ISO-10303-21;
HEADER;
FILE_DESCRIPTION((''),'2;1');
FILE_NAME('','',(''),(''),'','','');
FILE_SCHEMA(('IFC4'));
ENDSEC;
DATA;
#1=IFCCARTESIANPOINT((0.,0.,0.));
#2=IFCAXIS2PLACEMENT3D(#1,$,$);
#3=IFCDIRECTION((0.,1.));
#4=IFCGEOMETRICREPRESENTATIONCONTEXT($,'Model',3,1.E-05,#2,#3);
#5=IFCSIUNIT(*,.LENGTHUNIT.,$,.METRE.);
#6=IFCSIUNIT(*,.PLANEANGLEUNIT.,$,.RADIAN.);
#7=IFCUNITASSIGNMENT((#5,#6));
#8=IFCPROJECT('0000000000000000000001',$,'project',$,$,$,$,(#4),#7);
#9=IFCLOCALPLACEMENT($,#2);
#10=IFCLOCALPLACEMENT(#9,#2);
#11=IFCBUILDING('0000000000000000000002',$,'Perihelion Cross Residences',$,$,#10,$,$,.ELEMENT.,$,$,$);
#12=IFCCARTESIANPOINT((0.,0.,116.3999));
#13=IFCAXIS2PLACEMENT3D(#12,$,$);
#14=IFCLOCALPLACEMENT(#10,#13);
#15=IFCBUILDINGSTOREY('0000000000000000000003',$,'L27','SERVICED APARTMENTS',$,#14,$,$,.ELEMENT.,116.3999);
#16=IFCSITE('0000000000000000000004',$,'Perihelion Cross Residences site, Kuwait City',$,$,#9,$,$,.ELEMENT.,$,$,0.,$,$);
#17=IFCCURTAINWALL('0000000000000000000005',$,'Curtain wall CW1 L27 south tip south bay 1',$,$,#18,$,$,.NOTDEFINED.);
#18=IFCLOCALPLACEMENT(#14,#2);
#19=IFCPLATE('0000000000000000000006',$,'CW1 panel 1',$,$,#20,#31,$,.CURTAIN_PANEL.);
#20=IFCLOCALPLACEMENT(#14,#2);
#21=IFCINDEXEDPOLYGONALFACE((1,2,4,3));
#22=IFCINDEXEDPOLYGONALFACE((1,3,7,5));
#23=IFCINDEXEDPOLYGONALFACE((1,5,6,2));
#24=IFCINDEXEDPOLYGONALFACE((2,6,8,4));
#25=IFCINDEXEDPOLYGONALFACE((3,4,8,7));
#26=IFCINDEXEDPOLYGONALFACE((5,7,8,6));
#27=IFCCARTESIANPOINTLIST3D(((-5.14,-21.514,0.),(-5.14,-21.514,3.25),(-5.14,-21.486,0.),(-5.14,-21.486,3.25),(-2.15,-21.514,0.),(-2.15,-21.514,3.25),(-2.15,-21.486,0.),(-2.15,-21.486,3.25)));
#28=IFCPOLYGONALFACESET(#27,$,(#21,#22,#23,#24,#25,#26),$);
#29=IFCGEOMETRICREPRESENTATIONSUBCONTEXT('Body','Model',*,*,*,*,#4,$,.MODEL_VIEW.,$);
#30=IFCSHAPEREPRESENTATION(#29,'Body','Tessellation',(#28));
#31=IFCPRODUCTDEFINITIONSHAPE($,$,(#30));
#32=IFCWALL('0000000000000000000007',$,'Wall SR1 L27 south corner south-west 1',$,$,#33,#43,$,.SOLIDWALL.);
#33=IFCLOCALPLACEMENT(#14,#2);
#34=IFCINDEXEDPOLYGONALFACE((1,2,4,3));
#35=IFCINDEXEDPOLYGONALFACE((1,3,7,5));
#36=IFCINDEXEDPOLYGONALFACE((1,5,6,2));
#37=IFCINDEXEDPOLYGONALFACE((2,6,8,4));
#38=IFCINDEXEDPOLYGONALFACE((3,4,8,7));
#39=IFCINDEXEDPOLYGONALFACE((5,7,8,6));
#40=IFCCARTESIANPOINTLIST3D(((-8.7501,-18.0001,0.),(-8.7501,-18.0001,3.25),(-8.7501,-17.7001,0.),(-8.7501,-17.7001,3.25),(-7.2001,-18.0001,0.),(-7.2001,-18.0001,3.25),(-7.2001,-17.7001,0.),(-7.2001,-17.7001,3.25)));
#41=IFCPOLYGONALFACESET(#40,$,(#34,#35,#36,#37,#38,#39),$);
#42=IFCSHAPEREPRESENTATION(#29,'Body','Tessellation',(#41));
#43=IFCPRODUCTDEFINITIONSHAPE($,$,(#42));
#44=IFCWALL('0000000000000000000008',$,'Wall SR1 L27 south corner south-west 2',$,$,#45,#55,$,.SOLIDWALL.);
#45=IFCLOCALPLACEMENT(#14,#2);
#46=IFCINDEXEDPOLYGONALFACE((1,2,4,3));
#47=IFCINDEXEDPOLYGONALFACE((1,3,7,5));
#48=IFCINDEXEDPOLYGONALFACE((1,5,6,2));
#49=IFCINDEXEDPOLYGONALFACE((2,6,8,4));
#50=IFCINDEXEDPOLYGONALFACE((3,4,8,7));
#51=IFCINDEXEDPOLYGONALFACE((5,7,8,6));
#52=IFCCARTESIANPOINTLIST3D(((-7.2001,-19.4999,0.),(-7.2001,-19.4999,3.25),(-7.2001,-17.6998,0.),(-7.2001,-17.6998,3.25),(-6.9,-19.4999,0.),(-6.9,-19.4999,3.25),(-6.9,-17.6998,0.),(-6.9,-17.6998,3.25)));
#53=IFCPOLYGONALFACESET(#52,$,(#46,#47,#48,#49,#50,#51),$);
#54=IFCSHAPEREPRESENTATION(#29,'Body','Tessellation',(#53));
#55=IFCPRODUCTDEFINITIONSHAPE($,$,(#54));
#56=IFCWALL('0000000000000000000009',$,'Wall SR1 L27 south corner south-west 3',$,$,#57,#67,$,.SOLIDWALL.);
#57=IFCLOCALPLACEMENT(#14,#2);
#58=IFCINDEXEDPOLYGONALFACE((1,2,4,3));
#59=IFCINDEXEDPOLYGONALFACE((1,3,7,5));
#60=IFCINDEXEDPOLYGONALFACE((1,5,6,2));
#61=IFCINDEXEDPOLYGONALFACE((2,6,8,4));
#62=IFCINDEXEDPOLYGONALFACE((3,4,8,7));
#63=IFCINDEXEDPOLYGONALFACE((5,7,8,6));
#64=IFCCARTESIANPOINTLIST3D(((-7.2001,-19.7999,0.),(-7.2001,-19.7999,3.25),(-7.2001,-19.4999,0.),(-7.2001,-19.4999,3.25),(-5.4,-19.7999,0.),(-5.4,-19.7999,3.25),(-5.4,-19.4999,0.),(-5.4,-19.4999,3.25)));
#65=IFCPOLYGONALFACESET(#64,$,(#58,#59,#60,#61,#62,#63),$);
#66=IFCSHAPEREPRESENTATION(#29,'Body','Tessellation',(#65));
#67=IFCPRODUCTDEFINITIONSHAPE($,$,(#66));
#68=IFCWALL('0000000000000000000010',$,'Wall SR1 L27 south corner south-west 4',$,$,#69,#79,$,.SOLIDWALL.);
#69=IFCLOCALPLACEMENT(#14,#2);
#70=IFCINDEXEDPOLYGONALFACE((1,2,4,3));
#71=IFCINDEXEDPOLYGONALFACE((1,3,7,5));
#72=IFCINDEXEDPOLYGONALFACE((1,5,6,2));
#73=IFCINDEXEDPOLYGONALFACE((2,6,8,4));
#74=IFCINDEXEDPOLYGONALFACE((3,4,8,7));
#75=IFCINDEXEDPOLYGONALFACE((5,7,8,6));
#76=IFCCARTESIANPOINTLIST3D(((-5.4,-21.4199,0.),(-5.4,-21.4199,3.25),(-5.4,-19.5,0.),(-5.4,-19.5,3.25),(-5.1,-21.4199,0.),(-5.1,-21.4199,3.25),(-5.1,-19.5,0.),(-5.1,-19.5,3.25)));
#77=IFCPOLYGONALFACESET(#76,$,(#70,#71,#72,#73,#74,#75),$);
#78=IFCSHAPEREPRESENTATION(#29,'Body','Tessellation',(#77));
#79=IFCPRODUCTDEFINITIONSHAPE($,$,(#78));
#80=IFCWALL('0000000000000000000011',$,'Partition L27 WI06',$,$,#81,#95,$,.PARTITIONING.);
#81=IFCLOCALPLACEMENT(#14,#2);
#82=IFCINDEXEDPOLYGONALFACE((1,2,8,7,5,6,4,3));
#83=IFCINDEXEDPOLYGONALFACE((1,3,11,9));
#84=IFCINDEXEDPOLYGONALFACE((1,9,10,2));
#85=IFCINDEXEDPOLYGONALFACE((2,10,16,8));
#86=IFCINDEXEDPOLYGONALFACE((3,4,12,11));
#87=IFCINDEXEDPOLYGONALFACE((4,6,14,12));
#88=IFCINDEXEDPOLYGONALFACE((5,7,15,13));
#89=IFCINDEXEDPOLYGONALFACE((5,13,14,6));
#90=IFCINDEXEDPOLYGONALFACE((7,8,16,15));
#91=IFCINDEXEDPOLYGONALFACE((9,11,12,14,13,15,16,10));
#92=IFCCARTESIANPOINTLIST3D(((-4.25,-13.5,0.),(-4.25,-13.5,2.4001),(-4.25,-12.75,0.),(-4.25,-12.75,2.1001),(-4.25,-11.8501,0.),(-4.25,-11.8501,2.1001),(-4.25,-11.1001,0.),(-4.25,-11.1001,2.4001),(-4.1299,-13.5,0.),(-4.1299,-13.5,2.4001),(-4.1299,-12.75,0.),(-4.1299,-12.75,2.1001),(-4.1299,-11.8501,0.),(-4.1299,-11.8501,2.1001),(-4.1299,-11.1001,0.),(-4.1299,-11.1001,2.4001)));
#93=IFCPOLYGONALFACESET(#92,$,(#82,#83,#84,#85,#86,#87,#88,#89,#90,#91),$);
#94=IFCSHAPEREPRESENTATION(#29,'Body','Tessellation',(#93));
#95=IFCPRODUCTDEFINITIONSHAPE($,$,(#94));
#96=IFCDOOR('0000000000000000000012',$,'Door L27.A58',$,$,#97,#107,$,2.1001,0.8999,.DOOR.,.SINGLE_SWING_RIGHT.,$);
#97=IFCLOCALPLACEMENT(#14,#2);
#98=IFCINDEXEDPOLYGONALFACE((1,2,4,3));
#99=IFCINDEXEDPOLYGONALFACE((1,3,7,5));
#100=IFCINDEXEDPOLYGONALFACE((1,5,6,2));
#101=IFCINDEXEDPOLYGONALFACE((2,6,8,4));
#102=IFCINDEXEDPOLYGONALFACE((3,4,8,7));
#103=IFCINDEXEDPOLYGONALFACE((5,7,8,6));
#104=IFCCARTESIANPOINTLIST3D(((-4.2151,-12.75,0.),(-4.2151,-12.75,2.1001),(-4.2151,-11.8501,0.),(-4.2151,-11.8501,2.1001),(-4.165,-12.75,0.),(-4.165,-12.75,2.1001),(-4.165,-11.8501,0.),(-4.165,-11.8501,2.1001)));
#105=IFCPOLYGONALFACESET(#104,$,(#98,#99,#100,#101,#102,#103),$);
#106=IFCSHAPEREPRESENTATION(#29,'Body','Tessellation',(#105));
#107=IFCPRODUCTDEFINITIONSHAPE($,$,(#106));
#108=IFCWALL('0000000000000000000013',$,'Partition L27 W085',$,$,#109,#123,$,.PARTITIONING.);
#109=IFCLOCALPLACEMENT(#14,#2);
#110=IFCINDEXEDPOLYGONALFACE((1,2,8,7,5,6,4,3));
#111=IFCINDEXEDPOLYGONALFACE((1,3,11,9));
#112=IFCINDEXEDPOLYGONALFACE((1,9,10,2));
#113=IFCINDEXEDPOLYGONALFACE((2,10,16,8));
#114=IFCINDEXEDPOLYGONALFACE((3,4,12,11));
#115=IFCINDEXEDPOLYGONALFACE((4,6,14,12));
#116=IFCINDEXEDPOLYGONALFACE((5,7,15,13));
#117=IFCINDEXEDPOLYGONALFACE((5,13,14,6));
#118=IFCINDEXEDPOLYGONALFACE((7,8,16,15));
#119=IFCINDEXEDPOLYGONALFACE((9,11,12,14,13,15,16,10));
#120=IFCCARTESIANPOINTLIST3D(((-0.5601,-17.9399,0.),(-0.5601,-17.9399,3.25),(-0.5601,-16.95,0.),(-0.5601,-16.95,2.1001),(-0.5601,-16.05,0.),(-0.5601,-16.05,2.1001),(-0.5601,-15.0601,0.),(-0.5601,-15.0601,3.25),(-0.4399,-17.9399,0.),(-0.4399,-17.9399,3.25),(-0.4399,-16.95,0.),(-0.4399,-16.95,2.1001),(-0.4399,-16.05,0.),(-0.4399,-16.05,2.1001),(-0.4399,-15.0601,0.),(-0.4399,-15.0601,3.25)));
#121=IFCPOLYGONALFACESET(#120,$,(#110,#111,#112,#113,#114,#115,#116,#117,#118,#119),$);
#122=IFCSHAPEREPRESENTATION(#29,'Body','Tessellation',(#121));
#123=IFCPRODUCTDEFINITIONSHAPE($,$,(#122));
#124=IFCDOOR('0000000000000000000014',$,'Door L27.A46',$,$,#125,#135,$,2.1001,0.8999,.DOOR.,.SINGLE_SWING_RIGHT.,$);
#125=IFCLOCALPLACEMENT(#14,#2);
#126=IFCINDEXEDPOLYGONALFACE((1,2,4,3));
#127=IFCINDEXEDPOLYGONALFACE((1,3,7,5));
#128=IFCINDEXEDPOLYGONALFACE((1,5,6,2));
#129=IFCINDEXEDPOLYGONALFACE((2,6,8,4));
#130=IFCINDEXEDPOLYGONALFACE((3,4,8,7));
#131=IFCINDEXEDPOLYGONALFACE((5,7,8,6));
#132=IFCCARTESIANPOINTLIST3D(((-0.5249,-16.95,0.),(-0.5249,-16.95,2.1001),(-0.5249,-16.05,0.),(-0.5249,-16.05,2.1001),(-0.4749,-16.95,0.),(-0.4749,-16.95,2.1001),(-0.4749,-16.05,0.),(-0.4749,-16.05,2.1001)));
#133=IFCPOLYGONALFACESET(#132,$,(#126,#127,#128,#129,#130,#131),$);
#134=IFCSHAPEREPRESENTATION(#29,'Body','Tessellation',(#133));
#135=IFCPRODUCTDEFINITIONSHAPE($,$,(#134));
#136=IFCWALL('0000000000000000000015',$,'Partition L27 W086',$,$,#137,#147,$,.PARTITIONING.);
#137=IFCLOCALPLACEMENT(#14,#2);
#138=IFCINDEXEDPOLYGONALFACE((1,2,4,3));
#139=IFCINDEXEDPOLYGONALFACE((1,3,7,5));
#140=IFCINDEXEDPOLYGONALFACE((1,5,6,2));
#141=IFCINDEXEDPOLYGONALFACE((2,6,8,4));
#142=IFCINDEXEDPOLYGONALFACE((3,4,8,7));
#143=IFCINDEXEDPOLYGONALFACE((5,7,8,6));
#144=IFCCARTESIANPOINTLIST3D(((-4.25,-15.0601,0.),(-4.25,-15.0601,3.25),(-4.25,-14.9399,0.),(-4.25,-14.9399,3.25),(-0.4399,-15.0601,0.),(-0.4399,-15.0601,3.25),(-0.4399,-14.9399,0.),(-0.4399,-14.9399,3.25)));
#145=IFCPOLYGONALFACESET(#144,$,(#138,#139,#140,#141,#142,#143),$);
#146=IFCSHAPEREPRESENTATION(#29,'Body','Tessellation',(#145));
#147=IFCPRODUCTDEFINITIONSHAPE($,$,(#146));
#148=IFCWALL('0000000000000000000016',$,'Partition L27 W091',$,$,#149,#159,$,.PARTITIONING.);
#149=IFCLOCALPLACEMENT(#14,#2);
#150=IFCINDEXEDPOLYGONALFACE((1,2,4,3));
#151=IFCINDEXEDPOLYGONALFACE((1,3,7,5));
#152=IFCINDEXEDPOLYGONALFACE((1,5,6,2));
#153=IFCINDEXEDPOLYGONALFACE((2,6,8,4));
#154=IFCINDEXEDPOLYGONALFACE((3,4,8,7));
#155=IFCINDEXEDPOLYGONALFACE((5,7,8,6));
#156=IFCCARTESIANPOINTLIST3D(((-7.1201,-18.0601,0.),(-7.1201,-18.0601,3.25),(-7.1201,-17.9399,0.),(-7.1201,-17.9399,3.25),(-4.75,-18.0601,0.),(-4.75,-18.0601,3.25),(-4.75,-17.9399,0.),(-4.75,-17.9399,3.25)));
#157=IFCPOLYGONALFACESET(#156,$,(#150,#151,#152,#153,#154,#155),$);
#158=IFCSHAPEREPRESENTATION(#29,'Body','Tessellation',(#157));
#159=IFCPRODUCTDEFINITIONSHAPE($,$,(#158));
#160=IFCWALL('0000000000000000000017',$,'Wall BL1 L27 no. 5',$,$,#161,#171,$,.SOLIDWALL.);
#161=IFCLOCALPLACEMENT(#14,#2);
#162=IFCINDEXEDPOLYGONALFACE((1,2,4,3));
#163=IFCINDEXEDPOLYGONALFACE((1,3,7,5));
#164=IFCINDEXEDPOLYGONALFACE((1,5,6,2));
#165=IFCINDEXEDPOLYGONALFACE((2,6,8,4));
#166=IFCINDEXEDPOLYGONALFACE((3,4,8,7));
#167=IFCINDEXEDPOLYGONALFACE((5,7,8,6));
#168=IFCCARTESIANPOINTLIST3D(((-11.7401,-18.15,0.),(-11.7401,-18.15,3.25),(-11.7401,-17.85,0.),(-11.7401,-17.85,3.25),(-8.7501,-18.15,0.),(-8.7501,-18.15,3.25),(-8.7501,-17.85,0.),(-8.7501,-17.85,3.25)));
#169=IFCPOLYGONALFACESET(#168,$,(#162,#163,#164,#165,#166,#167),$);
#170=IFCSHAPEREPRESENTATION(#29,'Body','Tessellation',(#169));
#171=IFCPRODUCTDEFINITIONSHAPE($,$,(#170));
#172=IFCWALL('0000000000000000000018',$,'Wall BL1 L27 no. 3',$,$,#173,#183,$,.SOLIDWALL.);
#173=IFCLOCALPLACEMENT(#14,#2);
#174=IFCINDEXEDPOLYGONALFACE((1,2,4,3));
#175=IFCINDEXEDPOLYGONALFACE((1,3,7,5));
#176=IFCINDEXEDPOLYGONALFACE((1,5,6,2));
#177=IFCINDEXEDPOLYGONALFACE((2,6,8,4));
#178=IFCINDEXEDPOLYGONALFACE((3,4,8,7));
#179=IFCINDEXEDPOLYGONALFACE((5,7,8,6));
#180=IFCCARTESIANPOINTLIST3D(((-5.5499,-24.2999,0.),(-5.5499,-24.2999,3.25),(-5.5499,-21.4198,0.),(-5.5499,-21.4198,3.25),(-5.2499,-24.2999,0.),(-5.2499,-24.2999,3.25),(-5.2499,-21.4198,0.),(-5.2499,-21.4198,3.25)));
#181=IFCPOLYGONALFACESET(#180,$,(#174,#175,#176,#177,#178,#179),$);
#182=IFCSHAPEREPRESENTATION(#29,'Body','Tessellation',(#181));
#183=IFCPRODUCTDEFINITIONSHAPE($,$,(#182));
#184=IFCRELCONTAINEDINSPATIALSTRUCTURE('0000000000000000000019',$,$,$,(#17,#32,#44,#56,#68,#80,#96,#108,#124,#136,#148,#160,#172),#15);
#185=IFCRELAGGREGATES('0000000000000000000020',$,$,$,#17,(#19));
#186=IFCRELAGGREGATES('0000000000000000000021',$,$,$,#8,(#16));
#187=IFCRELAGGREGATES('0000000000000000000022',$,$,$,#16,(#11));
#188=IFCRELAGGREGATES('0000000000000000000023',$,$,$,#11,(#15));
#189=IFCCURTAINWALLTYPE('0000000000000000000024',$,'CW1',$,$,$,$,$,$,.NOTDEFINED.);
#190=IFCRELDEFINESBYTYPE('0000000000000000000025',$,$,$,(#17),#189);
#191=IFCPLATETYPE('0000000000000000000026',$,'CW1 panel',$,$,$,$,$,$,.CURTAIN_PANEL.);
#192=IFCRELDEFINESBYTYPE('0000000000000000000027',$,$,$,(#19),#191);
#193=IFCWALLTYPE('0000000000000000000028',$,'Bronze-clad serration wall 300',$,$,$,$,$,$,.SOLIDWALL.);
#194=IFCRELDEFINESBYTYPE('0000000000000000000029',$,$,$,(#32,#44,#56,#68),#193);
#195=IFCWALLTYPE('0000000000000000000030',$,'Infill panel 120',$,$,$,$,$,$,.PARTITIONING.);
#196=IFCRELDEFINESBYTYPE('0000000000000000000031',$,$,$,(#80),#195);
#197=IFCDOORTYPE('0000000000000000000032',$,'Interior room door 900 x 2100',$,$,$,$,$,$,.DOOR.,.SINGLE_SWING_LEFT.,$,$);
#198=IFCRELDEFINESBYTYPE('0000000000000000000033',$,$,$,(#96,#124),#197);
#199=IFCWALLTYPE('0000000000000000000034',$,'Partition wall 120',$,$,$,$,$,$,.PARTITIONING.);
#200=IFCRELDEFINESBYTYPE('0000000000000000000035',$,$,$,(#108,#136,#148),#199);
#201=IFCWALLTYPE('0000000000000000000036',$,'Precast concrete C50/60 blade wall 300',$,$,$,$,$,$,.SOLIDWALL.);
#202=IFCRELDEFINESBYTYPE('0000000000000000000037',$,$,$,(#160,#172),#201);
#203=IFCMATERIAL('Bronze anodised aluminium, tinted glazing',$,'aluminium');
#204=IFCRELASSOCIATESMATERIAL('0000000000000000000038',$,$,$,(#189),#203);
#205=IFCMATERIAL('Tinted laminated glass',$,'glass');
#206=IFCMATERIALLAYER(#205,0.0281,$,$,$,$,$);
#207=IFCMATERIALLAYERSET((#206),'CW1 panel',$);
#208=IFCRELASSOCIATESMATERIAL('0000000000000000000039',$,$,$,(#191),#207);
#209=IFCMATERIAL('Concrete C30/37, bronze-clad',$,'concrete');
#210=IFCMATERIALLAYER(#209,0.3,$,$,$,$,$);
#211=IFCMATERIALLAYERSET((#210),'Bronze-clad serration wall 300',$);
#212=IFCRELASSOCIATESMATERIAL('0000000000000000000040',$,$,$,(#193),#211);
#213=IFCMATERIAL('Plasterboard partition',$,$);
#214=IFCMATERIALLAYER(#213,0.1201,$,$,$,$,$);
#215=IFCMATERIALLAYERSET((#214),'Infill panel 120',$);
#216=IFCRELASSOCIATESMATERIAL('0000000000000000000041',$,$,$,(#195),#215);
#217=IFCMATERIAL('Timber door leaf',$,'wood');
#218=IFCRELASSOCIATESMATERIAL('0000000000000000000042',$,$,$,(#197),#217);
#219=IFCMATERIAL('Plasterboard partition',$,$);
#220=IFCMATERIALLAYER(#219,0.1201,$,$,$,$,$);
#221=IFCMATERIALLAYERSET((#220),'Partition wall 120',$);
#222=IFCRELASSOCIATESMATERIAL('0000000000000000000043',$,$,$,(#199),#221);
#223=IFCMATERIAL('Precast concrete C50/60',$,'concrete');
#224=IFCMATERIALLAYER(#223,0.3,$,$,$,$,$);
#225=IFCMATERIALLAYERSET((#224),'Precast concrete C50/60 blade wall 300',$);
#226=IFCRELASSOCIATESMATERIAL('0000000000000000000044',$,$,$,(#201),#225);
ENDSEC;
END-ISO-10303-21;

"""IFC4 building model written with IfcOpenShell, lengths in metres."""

from ifc_helpers import new_model, si_unit, direction, frame, frame_2d, origin, origin_2d, place, context, subcontext, project, spatial, rectangle, extrude, material, layer, layer_set, type_object, element, fill, aggregate, save


model = new_model("IFC4")

# Units and contexts
model_context = context("Model", 3, precision=1e-05, world=origin(), true_north=direction((0.0, 1.0)))
body_context = subcontext(model_context, "Body", "Model", "MODEL_VIEW")
ifc_project = project(units=[si_unit("LENGTHUNIT", "METRE"), si_unit("PLANEANGLEUNIT", "RADIAN")], contexts=[model_context])

# Site, building, storey
site_placement = place(None, origin())
site = spatial("IfcSite", under=ifc_project, at=site_placement, Name="Perihelion Cross Residences site, Kuwait City", CompositionType="ELEMENT", RefElevation=0.0)
building_placement = place(site_placement, origin())
building = spatial("IfcBuilding", under=site, at=building_placement, Name="Perihelion Cross Residences", CompositionType="ELEMENT")
storey_placement = place(building_placement, frame((0.0, 0.0, 116.3999)))
storey = spatial("IfcBuildingStorey", under=building, at=storey_placement, Name="L27", Description="SERVICED APARTMENTS", CompositionType="ELEMENT", Elevation=116.3999)

# Curtain wall
ifc_material_1 = material(Name="Bronze anodised aluminium, tinted glazing", Category="aluminium")
curtain_wall_type = type_object("IfcCurtainWallType", Name="CW1", PredefinedType="NOTDEFINED", material=ifc_material_1)
curtain_wall_1_placement = place(storey_placement, origin())
curtain_wall_1 = element("IfcCurtainWall", 1, at=curtain_wall_1_placement, inside=storey, type_object=curtain_wall_type, Name="Curtain wall CW1 L27 south tip south bay 1", PredefinedType="NOTDEFINED")

# Shared definitions
ifc_material_2 = material(Name="Tinted laminated glass", Category="glass")
ifc_layer_1 = layer(ifc_material_2, 0.0281)
ifc_layer_set_1 = layer_set([ifc_layer_1], Name="CW1 panel")
plate_type = type_object("IfcPlateType", Name="CW1 panel", PredefinedType="CURTAIN_PANEL", material=ifc_layer_set_1)

# Plate
plate_1_placement = place(storey_placement, frame((-3.645, -21.5, 0.0), z_axis=(0.0, 0.0, 1.0), x_axis=(1.0, 0.0, 0.0)))
plate_1 = element("IfcPlate", 2, at=plate_1_placement, type_object=plate_type, Name="CW1 panel 1", PredefinedType="CURTAIN_PANEL", context=body_context, shape_type="SweptSolid", body=[
    extrude(rectangle(XDim=2.99, YDim=0.0281, at=origin_2d()), origin(), (0.0, 0.0, 1.0), 3.25),
])
aggregate(curtain_wall_1, [plate_1])

# Walls
ifc_material_3 = material(Name="Concrete C30/37, bronze-clad", Category="concrete")
ifc_layer_2 = layer(ifc_material_3, 0.3)
ifc_layer_set_2 = layer_set([ifc_layer_2], Name="Bronze-clad serration wall 300")
wall_type_1 = type_object("IfcWallType", Name="Bronze-clad serration wall 300", PredefinedType="SOLIDWALL", material=ifc_layer_set_2)
wall_1_placement = place(storey_placement, frame((-8.75, -17.8501, 0.0), z_axis=(0.0, 0.0, 1.0), x_axis=(1.0, 0.0, 0.0)))
element("IfcWall", 3, at=wall_1_placement, inside=storey, type_object=wall_type_1, Name="Wall SR1 L27 south corner south-west 1", PredefinedType="SOLIDWALL", context=body_context, shape_type="SweptSolid", body=[
    extrude(rectangle(XDim=1.55, YDim=0.3, at=frame_2d((0.7749, 0.0))), origin(), (0.0, 0.0, 1.0), 3.25),
])
for number, where, z_axis, x_axis, name in (
    (4, (-7.05, -17.7, 0.0), (0.0, 0.0, 1.0), (0.0, -1.0, 0.0), "Wall SR1 L27 south corner south-west 2"),
    (5, (-7.2, -19.6499, 0.0), (0.0, 0.0, 1.0), (1.0, 0.0, 0.0), "Wall SR1 L27 south corner south-west 3"),
):
    element("IfcWall", number, at=place(storey_placement, frame(where, z_axis=z_axis, x_axis=x_axis)), inside=storey, type_object=wall_type_1, Name=name, PredefinedType="SOLIDWALL", context=body_context, shape_type="SweptSolid", body=[
        extrude(rectangle(XDim=1.8, YDim=0.3, at=frame_2d((0.8999, 0.0))), origin(), (0.0, 0.0, 1.0), 3.25),
    ])
wall_2_placement = place(storey_placement, frame((-5.25, -19.5, 0.0), z_axis=(0.0, 0.0, 1.0), x_axis=(0.0, -1.0, 0.0)))
element("IfcWall", 6, at=wall_2_placement, inside=storey, type_object=wall_type_1, Name="Wall SR1 L27 south corner south-west 4", PredefinedType="SOLIDWALL", context=body_context, shape_type="SweptSolid", body=[
    extrude(rectangle(XDim=1.9199, YDim=0.3, at=frame_2d((0.96, 0.0))), origin(), (0.0, 0.0, 1.0), 3.25),
])

# Walls, openings, doors
ifc_material_4 = material(Name="Plasterboard partition")
ifc_layer_3 = layer(ifc_material_4, 0.1201)
ifc_layer_set_3 = layer_set([ifc_layer_3], Name="Infill panel 120")
wall_type_2 = type_object("IfcWallType", Name="Infill panel 120", PredefinedType="PARTITIONING", material=ifc_layer_set_3)
wall_3_placement = place(storey_placement, frame((-4.1899, -11.1001, 0.0), z_axis=(0.0, 0.0, 1.0), x_axis=(0.0, -1.0, 0.0)))
wall_3 = element("IfcWall", 7, at=wall_3_placement, inside=storey, type_object=wall_type_2, Name="Partition L27 WI06", PredefinedType="PARTITIONING", context=body_context, shape_type="SweptSolid", body=[
    extrude(rectangle(XDim=2.3999, YDim=0.1201, at=frame_2d((1.2, 0.0))), origin(), (0.0, 0.0, 1.0), 2.4001),
])
opening_1_placement = place(wall_3_placement, frame((0.75, 0.0, 0.0)))
opening_1 = element("IfcOpeningElement", 8, at=opening_1_placement, cuts=wall_3, PredefinedType="OPENING", context=body_context, shape_type="SweptSolid", body=[
    extrude(rectangle(XDim=0.8999, YDim=2.1001, at=frame_2d((0.45, 1.05))), frame((0.0, 0.0701, 0.0), z_axis=(0.0, -1.0, 0.0), x_axis=(1.0, 0.0, 0.0)), (0.0, 0.0, 1.0), 0.1401),
])
ifc_material_5 = material(Name="Timber door leaf", Category="wood")
door_type_1 = type_object("IfcDoorType", Name="Interior room door 900 x 2100", OperationType="SINGLE_SWING_LEFT", PredefinedType="DOOR", material=ifc_material_5)
door_1_placement = place(opening_1_placement, origin())
door_1 = element("IfcDoor", 9, at=door_1_placement, inside=storey, type_object=door_type_1, Name="Door L27.A58", OperationType="SINGLE_SWING_RIGHT", OverallHeight=2.1001, OverallWidth=0.8999, PredefinedType="DOOR", context=body_context, shape_type="SweptSolid", body=[
    extrude(rectangle(XDim=0.8999, YDim=2.1001, at=frame_2d((0.45, 1.05))), frame((0.0, 0.0249, 0.0), z_axis=(0.0, -1.0, 0.0), x_axis=(1.0, 0.0, 0.0)), (0.0, 0.0, 1.0), 0.05),
])
fill(opening_1, door_1)
ifc_material_6 = material(Name="Plasterboard partition")
ifc_layer_4 = layer(ifc_material_6, 0.1201)
ifc_layer_set_4 = layer_set([ifc_layer_4], Name="Partition wall 120")
wall_type_3 = type_object("IfcWallType", Name="Partition wall 120", PredefinedType="PARTITIONING", material=ifc_layer_set_4)
wall_4_placement = place(storey_placement, frame((-0.5, -17.9399, 0.0), z_axis=(0.0, 0.0, 1.0), x_axis=(0.0, 1.0, 0.0)))
wall_4 = element("IfcWall", 10, at=wall_4_placement, inside=storey, type_object=wall_type_3, Name="Partition L27 W085", PredefinedType="PARTITIONING", context=body_context, shape_type="SweptSolid", body=[
    extrude(rectangle(XDim=2.8799, YDim=0.1201, at=frame_2d((1.4399, 0.0))), origin(), (0.0, 0.0, 1.0), 3.25),
])
opening_2_placement = place(wall_4_placement, frame((0.99, 0.0, 0.0)))
opening_2 = element("IfcOpeningElement", 11, at=opening_2_placement, cuts=wall_4, PredefinedType="OPENING", context=body_context, shape_type="SweptSolid", body=[
    extrude(rectangle(XDim=0.8999, YDim=2.1001, at=frame_2d((0.45, 1.05))), frame((0.0, 0.0701, 0.0), z_axis=(0.0, -1.0, 0.0), x_axis=(1.0, 0.0, 0.0)), (0.0, 0.0, 1.0), 0.1401),
])
door_2_placement = place(opening_2_placement, origin())
door_2 = element("IfcDoor", 12, at=door_2_placement, inside=storey, type_object=door_type_1, Name="Door L27.A46", OperationType="SINGLE_SWING_RIGHT", OverallHeight=2.1001, OverallWidth=0.8999, PredefinedType="DOOR", context=body_context, shape_type="SweptSolid", body=[
    extrude(rectangle(XDim=0.8999, YDim=2.1001, at=frame_2d((0.45, 1.05))), frame((0.0, 0.0249, 0.0), z_axis=(0.0, -1.0, 0.0), x_axis=(1.0, 0.0, 0.0)), (0.0, 0.0, 1.0), 0.05),
])
fill(opening_2, door_2)

# Walls
wall_5_placement = place(storey_placement, frame((-0.4399, -15.0, 0.0), z_axis=(0.0, 0.0, 1.0), x_axis=(-1.0, 0.0, 0.0)))
element("IfcWall", 13, at=wall_5_placement, inside=storey, type_object=wall_type_3, Name="Partition L27 W086", PredefinedType="PARTITIONING", context=body_context, shape_type="SweptSolid", body=[
    extrude(rectangle(XDim=3.8101, YDim=0.1201, at=frame_2d((1.905, 0.0))), origin(), (0.0, 0.0, 1.0), 3.25),
])
wall_6_placement = place(storey_placement, frame((-4.75, -18.0, 0.0), z_axis=(0.0, 0.0, 1.0), x_axis=(-1.0, 0.0, 0.0)))
element("IfcWall", 14, at=wall_6_placement, inside=storey, type_object=wall_type_3, Name="Partition L27 W091", PredefinedType="PARTITIONING", context=body_context, shape_type="SweptSolid", body=[
    extrude(rectangle(XDim=2.3701, YDim=0.1201, at=frame_2d((1.1851, 0.0))), origin(), (0.0, 0.0, 1.0), 3.25),
])
ifc_material_7 = material(Name="Precast concrete C50/60", Category="concrete")
ifc_layer_5 = layer(ifc_material_7, 0.3)
ifc_layer_set_5 = layer_set([ifc_layer_5], Name="Precast concrete C50/60 blade wall 300")
wall_type_4 = type_object("IfcWallType", Name="Precast concrete C50/60 blade wall 300", PredefinedType="SOLIDWALL", material=ifc_layer_set_5)
wall_7_placement = place(storey_placement, frame((-8.75, -18.0, 0.0), z_axis=(0.0, 0.0, 1.0), x_axis=(-1.0, 0.0, 0.0)))
element("IfcWall", 15, at=wall_7_placement, inside=storey, type_object=wall_type_4, Name="Wall BL1 L27 no. 5", PredefinedType="SOLIDWALL", context=body_context, shape_type="SweptSolid", body=[
    extrude(rectangle(XDim=2.99, YDim=0.3, at=frame_2d((1.4951, 0.0))), origin(), (0.0, 0.0, 1.0), 3.25),
])
wall_8_placement = place(storey_placement, frame((-5.3999, -21.4199, 0.0), z_axis=(0.0, 0.0, 1.0), x_axis=(0.0, -1.0, 0.0)))
element("IfcWall", 16, at=wall_8_placement, inside=storey, type_object=wall_type_4, Name="Wall BL1 L27 no. 3", PredefinedType="SOLIDWALL", context=body_context, shape_type="SweptSolid", body=[
    extrude(rectangle(XDim=2.8801, YDim=0.3, at=frame_2d((1.4399, 0.0))), origin(), (0.0, 0.0, 1.0), 3.25),
])

save(model, "model.ifc")
